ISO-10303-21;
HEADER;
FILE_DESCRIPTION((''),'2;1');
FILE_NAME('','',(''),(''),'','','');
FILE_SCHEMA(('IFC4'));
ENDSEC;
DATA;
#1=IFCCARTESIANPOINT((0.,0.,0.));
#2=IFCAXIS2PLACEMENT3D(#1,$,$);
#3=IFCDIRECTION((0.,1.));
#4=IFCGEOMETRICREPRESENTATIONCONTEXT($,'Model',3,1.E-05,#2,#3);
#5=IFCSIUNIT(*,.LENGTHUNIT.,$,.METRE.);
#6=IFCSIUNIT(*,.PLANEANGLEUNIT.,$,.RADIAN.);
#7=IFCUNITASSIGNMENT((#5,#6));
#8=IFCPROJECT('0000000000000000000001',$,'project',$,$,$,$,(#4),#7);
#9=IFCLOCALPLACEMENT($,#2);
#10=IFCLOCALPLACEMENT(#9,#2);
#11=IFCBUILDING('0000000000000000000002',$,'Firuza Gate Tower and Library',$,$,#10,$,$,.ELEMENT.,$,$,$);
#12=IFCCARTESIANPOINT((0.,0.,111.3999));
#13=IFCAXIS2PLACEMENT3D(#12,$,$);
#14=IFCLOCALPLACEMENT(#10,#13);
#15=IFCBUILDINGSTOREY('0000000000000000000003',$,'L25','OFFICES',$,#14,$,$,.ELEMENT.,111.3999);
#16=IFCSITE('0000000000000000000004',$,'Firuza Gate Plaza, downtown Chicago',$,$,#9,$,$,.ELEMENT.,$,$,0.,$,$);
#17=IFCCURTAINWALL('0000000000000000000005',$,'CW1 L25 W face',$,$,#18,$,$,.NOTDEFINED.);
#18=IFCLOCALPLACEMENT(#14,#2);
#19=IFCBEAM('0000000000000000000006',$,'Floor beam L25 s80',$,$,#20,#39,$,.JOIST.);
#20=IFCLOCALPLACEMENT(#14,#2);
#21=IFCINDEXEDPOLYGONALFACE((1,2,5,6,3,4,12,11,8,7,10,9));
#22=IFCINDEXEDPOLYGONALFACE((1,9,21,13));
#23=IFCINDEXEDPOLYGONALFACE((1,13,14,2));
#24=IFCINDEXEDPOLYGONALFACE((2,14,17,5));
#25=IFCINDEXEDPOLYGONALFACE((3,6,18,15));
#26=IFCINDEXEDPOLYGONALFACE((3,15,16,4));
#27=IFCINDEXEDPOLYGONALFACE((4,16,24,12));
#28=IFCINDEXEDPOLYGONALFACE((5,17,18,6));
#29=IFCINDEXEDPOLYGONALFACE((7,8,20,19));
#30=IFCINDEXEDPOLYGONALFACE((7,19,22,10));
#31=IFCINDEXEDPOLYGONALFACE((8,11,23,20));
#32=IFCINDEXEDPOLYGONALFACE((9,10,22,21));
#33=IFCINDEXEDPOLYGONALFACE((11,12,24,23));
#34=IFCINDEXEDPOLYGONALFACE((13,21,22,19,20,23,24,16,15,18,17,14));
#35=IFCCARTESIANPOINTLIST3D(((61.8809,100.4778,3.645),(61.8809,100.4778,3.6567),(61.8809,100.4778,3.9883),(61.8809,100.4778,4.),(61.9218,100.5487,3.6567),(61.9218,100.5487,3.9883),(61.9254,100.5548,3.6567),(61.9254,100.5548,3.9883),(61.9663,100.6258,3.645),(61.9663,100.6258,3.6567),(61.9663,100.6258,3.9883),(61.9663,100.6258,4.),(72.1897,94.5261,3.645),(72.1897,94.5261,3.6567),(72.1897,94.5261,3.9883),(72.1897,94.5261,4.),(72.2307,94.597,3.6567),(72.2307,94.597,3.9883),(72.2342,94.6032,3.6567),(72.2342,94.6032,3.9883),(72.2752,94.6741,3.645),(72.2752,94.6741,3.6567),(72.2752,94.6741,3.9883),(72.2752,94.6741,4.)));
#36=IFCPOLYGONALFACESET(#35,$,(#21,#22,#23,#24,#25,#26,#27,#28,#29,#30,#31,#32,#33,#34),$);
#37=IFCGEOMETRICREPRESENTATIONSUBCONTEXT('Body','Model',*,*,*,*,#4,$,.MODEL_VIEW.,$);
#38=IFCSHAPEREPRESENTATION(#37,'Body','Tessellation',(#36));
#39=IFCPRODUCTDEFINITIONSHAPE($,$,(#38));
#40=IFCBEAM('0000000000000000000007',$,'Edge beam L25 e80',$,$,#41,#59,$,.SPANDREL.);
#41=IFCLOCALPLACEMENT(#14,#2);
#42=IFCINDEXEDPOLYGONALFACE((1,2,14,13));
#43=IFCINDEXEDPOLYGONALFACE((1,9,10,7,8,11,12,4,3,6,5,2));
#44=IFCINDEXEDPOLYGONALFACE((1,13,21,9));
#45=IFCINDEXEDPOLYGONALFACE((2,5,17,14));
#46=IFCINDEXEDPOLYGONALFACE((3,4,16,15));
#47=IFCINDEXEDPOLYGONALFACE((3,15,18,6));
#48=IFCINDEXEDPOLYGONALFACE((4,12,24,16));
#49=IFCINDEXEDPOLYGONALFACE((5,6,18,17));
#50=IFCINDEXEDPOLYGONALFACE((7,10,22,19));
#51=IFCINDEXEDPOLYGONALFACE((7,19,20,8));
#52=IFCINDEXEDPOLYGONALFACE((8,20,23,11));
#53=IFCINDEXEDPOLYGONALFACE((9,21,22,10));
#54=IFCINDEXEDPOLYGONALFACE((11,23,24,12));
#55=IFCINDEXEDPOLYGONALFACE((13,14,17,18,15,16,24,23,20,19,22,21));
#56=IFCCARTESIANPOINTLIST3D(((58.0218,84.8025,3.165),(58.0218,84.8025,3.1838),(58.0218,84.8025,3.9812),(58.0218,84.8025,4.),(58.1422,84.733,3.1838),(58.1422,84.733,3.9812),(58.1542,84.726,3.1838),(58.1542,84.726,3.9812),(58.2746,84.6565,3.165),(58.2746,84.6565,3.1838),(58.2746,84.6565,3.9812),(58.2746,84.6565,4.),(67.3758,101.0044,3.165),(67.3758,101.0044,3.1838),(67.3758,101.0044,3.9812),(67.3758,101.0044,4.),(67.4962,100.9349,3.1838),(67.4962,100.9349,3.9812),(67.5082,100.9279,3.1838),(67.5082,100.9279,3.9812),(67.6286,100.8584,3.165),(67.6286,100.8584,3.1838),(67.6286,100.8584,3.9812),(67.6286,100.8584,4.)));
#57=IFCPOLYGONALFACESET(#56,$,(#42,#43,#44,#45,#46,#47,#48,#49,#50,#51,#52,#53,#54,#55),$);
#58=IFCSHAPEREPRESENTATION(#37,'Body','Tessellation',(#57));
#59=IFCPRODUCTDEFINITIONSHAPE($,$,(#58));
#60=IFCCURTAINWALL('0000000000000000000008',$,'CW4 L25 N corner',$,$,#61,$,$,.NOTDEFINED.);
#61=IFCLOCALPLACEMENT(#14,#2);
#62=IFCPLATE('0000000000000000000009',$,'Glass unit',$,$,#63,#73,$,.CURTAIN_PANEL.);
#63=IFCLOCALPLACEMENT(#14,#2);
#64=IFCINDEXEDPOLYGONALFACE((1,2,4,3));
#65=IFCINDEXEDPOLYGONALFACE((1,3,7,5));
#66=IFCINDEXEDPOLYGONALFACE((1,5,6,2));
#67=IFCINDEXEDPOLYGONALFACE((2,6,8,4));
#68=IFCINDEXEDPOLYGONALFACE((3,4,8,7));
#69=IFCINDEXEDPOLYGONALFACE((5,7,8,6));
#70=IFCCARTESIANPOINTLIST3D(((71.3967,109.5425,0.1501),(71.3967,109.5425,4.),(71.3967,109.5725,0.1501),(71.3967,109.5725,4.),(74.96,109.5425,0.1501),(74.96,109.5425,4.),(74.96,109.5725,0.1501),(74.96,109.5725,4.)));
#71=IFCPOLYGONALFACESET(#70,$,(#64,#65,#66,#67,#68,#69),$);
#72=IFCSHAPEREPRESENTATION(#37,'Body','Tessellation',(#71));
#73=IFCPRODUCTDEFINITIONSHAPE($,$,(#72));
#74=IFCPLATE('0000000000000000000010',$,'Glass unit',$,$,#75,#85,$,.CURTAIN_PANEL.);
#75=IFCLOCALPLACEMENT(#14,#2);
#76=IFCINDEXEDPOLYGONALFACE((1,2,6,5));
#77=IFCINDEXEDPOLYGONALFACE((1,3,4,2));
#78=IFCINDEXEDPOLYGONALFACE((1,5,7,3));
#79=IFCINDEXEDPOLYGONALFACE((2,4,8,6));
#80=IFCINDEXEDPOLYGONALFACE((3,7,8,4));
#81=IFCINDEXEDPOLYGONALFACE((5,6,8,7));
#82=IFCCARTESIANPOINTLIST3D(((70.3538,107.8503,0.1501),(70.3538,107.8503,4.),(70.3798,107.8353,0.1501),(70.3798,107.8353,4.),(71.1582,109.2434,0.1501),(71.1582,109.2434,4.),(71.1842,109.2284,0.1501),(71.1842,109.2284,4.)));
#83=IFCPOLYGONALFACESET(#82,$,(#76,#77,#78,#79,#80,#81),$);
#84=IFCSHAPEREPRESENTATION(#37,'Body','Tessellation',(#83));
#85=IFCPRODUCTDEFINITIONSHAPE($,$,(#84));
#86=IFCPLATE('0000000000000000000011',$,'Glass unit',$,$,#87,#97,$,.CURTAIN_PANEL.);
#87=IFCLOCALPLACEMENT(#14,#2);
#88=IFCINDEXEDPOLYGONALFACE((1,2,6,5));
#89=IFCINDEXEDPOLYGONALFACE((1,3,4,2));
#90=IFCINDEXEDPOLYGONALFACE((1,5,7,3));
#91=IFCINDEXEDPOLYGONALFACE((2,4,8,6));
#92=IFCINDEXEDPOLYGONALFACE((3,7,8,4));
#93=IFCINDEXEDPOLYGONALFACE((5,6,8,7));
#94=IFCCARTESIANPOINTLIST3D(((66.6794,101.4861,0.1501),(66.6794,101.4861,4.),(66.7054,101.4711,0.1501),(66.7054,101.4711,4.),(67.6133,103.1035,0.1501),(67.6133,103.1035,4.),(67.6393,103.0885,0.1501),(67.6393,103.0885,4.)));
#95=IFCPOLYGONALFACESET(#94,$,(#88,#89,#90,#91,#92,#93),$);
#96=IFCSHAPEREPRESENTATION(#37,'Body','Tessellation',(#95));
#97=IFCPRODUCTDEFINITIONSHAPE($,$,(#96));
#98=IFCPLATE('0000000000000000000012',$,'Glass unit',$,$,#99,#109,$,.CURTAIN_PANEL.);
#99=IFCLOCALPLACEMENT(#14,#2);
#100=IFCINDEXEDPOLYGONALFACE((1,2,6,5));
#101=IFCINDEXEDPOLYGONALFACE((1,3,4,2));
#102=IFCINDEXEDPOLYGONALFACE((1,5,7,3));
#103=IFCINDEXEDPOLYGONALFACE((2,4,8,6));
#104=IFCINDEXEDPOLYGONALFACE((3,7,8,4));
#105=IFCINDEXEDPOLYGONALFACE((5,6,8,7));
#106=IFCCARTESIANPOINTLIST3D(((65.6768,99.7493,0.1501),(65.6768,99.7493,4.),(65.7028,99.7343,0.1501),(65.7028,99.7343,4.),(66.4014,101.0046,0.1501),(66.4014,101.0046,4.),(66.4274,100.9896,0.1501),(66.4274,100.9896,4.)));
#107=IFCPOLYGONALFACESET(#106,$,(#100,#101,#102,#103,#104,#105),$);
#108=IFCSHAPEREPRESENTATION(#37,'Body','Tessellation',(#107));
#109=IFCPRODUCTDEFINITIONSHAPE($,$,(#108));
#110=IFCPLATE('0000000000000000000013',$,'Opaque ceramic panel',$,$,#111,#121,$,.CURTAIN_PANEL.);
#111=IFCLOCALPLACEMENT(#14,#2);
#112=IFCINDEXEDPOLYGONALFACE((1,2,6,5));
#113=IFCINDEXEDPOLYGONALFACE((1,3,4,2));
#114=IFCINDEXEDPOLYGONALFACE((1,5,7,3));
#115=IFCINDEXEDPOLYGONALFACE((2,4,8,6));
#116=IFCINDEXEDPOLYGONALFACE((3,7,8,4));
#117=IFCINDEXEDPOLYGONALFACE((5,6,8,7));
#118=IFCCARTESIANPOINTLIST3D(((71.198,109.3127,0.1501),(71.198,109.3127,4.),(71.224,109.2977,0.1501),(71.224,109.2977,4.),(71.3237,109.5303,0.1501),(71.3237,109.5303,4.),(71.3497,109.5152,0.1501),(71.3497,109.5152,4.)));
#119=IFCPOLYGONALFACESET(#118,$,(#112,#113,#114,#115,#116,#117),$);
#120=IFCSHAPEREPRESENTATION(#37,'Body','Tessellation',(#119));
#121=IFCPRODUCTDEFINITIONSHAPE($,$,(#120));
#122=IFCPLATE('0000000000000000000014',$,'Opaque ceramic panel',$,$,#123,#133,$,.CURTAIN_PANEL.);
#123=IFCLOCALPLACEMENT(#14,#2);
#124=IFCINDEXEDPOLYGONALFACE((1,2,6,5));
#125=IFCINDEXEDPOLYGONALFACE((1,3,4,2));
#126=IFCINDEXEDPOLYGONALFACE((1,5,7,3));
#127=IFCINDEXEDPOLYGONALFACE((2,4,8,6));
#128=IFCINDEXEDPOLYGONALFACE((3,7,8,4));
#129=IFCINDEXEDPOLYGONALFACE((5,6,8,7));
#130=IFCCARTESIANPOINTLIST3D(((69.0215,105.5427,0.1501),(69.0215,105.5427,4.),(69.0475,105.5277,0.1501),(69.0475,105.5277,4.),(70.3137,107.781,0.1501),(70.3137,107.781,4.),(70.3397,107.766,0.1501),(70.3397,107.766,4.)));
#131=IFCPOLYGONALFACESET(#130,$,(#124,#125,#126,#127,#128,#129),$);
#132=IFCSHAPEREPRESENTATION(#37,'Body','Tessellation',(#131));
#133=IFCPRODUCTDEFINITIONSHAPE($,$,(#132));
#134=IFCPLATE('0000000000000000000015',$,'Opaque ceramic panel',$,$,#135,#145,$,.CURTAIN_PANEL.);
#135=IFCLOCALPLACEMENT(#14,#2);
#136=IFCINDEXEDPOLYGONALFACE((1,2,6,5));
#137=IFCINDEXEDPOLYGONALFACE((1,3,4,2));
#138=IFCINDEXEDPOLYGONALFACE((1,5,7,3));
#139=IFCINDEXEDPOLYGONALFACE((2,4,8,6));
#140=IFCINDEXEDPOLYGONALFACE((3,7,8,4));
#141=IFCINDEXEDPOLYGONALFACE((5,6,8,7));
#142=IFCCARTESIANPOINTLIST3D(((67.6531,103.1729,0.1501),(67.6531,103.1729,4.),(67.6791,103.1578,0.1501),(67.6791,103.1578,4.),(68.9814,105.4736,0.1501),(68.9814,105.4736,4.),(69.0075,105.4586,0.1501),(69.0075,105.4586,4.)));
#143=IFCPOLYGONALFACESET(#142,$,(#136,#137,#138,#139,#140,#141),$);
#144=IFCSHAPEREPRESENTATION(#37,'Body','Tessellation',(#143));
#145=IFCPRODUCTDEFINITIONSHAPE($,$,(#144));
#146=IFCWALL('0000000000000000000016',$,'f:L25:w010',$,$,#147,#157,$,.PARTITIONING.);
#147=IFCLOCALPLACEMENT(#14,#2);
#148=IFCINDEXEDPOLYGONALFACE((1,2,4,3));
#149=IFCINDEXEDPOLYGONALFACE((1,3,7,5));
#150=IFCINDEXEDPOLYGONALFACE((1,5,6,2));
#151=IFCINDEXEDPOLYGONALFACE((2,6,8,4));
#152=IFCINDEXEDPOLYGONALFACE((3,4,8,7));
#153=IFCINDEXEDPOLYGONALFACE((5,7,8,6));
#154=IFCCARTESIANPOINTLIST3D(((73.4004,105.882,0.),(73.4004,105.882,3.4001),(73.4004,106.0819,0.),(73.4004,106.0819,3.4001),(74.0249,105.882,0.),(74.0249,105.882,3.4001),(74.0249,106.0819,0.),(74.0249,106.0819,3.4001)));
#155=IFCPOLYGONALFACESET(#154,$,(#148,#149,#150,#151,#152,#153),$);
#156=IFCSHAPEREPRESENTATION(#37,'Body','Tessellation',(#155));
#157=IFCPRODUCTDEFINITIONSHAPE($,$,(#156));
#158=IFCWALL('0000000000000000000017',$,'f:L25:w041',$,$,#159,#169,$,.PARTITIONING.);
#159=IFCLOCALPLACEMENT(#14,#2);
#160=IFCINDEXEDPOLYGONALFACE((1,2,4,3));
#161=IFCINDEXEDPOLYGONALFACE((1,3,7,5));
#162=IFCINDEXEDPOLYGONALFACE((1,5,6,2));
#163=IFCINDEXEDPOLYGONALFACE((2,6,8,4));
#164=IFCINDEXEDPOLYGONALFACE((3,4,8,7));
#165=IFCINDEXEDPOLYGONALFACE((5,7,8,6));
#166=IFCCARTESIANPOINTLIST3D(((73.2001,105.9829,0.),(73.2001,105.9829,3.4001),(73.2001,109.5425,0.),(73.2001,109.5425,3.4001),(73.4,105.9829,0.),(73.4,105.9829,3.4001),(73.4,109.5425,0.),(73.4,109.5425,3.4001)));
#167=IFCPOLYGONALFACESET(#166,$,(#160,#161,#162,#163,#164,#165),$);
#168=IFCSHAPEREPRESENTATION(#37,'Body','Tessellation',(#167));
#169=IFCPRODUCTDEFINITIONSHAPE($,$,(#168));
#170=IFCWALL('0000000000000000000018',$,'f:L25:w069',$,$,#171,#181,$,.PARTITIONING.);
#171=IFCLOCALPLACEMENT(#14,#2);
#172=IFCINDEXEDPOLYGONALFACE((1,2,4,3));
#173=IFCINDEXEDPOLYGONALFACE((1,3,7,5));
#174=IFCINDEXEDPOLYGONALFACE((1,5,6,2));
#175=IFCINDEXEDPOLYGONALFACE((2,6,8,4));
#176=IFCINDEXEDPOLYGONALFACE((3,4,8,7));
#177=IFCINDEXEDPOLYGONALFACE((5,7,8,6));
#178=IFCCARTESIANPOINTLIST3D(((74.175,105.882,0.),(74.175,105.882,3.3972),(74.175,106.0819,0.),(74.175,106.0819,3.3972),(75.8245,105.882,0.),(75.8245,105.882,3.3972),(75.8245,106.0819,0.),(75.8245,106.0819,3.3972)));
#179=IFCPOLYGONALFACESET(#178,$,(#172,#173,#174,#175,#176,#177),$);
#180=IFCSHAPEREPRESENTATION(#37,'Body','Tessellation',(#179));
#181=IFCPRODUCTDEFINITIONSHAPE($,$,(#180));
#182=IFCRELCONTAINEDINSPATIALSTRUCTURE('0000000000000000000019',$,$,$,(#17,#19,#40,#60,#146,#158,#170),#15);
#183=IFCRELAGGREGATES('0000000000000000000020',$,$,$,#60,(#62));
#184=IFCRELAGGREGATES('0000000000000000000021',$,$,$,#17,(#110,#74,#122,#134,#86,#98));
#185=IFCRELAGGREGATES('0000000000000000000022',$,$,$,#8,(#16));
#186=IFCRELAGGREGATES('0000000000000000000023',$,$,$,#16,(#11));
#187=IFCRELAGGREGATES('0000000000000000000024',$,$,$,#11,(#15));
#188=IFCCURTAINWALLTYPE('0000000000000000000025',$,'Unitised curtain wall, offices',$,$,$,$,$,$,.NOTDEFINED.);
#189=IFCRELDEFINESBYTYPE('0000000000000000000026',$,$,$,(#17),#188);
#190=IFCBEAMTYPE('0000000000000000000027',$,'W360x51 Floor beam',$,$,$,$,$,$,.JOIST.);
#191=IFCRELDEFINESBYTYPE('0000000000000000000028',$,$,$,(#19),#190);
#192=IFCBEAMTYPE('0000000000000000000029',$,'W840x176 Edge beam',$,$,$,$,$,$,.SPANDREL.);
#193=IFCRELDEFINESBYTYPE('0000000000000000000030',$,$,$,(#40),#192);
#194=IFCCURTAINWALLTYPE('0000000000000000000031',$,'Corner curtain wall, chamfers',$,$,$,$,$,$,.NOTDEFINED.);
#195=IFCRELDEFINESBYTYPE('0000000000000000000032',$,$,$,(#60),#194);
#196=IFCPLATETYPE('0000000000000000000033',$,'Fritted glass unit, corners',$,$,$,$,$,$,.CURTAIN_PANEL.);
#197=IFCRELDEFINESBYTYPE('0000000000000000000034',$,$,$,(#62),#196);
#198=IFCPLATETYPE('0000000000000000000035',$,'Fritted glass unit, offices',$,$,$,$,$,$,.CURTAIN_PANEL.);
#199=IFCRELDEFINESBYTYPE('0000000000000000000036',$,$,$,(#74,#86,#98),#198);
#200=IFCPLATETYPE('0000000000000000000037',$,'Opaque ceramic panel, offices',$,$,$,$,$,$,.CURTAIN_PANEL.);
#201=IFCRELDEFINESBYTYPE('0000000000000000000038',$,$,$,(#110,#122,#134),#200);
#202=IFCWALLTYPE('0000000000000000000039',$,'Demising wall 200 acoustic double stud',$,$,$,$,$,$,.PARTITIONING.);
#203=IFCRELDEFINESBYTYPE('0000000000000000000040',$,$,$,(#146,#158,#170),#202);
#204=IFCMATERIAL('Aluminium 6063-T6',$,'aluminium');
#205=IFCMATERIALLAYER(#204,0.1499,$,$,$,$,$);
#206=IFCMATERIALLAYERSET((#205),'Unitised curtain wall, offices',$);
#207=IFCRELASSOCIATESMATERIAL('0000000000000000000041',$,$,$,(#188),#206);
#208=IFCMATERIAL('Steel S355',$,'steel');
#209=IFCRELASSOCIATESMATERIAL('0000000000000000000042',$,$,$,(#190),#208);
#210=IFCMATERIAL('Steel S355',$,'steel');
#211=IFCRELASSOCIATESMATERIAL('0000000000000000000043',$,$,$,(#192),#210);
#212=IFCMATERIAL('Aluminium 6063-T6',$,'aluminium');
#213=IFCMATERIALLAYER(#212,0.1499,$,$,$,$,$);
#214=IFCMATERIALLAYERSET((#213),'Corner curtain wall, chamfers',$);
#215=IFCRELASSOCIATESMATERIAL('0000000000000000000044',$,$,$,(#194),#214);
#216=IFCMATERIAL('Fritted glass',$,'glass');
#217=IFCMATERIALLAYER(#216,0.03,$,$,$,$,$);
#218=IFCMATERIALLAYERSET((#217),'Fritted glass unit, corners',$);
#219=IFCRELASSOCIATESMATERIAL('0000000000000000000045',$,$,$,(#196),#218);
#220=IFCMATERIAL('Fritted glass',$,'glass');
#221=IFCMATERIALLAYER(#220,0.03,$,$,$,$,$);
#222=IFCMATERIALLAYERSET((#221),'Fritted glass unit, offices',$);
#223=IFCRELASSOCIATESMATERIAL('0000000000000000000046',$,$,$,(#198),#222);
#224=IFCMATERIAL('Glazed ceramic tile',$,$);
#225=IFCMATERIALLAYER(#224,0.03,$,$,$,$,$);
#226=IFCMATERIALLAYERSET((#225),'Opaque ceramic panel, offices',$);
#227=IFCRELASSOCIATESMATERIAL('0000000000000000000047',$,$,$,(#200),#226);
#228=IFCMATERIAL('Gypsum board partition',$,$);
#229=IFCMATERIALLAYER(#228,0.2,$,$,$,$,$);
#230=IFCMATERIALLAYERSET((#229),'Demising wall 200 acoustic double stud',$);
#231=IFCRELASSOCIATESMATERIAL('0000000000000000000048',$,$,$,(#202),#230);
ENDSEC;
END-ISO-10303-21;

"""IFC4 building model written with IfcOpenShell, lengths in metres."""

from ifc_helpers import new_model, si_unit, direction, frame, frame_2d, origin, origin_2d, place, context, subcontext, project, spatial, polyline, rectangle, i_section, outline, extrude, material, layer, layer_set, material_profile, profile_set, type_object, element, aggregate, save


model = new_model("IFC4")

# Units and contexts
model_context = context("Model", 3, precision=1e-05, world=origin(), true_north=direction((0.0, 1.0)))
body_context = subcontext(model_context, "Body", "Model", "MODEL_VIEW")
ifc_project = project(units=[si_unit("LENGTHUNIT", "METRE"), si_unit("PLANEANGLEUNIT", "RADIAN")], contexts=[model_context])

# Site, building, storey
site_placement = place(None, origin())
site = spatial("IfcSite", under=ifc_project, at=site_placement, Name="Firuza Gate Plaza, downtown Chicago", CompositionType="ELEMENT", RefElevation=0.0)
building_placement = place(site_placement, origin())
building = spatial("IfcBuilding", under=site, at=building_placement, Name="Firuza Gate Tower and Library", CompositionType="ELEMENT")
storey_placement = place(building_placement, frame((0.0, 0.0, 111.3999)))
storey = spatial("IfcBuildingStorey", under=building, at=storey_placement, Name="L25", Description="OFFICES", CompositionType="ELEMENT", Elevation=111.3999)

# Curtain wall
ifc_material_1 = material(Name="Aluminium 6063-T6", Category="aluminium")
ifc_layer_1 = layer(ifc_material_1, 0.1499)
ifc_layer_set_1 = layer_set([ifc_layer_1], Name="Unitised curtain wall, offices")
curtain_wall_type_1 = type_object("IfcCurtainWallType", Name="Unitised curtain wall, offices", PredefinedType="NOTDEFINED", material=ifc_layer_set_1)
placement = place(storey_placement, origin())
curtain_wall_1 = element("IfcCurtainWall", 1, at=placement, inside=storey, type_object=curtain_wall_type_1, Name="CW1 L25 W face", PredefinedType="NOTDEFINED")

# Beams
ifc_material_2 = material(Name="Steel S355", Category="steel")
ifc_material_profile_1 = material_profile(ifc_material_2, i_section(OverallWidth=0.1709, OverallDepth=0.355, WebThickness=0.0071, FlangeThickness=0.0117, at=origin_2d()))
ifc_profile_set_1 = profile_set([ifc_material_profile_1], Name="Steel S355")
beam_type_1 = type_object("IfcBeamType", Name="W360x51 Floor beam", PredefinedType="JOIST", material=ifc_profile_set_1)
beam_1_placement = place(storey_placement, frame((61.9236, 100.5518, 3.8225), z_axis=(0.866031, -0.499991, 0.0), x_axis=(0.499991, 0.866031, 0.0)))
element("IfcBeam", 2, at=beam_1_placement, inside=storey, type_object=beam_type_1, Name="Floor beam L25 s80", PredefinedType="JOIST", context=body_context, shape_type="SweptSolid", body=[
    extrude(i_section(OverallWidth=0.1709, OverallDepth=0.355, WebThickness=0.0071, FlangeThickness=0.0117, at=origin_2d()), origin(), (0.0, 0.0, 1.0), 11.9036),
])
ifc_material_3 = material(Name="Steel S355", Category="steel")
ifc_material_profile_2 = material_profile(ifc_material_3, i_section(OverallWidth=0.292, OverallDepth=0.835, WebThickness=0.0139, FlangeThickness=0.0188, at=origin_2d()))
ifc_profile_set_2 = profile_set([ifc_material_profile_2], Name="Steel S355")
beam_type_2 = type_object("IfcBeamType", Name="W840x176 Edge beam", PredefinedType="SPANDREL", material=ifc_profile_set_2)
beam_2_placement = place(storey_placement, frame((67.5022, 100.9314, 3.5825), z_axis=(-0.499993, -0.866029, 0.0), x_axis=(0.866029, -0.499993, 0.0)))
element("IfcBeam", 3, at=beam_2_placement, inside=storey, type_object=beam_type_2, Name="Edge beam L25 e80", PredefinedType="SPANDREL", context=body_context, shape_type="SweptSolid", body=[
    extrude(i_section(OverallWidth=0.292, OverallDepth=0.835, WebThickness=0.0139, FlangeThickness=0.0188, at=origin_2d()), origin(), (0.0, 0.0, 1.0), 18.7083),
])

# Curtain wall, plate
ifc_material_4 = material(Name="Aluminium 6063-T6", Category="aluminium")
ifc_layer_2 = layer(ifc_material_4, 0.1499)
ifc_layer_set_2 = layer_set([ifc_layer_2], Name="Corner curtain wall, chamfers")
curtain_wall_type_2 = type_object("IfcCurtainWallType", Name="Corner curtain wall, chamfers", PredefinedType="NOTDEFINED", material=ifc_layer_set_2)
curtain_wall_2 = element("IfcCurtainWall", 4, at=placement, inside=storey, type_object=curtain_wall_type_2, Name="CW4 L25 N corner", PredefinedType="NOTDEFINED")
ifc_material_5 = material(Name="Fritted glass", Category="glass")
ifc_layer_3 = layer(ifc_material_5, 0.03)
ifc_layer_set_3 = layer_set([ifc_layer_3], Name="Fritted glass unit, corners")
plate_type_1 = type_object("IfcPlateType", Name="Fritted glass unit, corners", PredefinedType="CURTAIN_PANEL", material=ifc_layer_set_3)
plate_1_placement = place(storey_placement, frame((74.96, 109.5725, 0.1501), z_axis=(0.0, 1.0, 0.0), x_axis=(-1.0, 0.0, 0.0)))
plate_1 = element("IfcPlate", 5, at=plate_1_placement, type_object=plate_type_1, Name="Glass unit", PredefinedType="CURTAIN_PANEL", context=body_context, shape_type="SweptSolid", body=[
    extrude(outline(polyline([(0.0, 0.0), (3.5632, 0.0), (3.5632, 3.8499), (0.0, 3.8499), (0.0, 0.0)])), origin(), (0.0, 0.0, -1.0), 0.03),
])
aggregate(curtain_wall_2, [plate_1])

# Plates
ifc_material_6 = material(Name="Fritted glass", Category="glass")
ifc_layer_4 = layer(ifc_material_6, 0.03)
ifc_layer_set_4 = layer_set([ifc_layer_4], Name="Fritted glass unit, offices")
plate_type_2 = type_object("IfcPlateType", Name="Fritted glass unit, offices", PredefinedType="CURTAIN_PANEL", material=ifc_layer_set_4)
plate_2_placement = place(storey_placement, frame((71.1582, 109.2434, 0.1501), z_axis=(-0.865983, 0.500073, 0.0), x_axis=(-0.500073, -0.865983, 0.0)))
plate_2 = element("IfcPlate", 6, at=plate_2_placement, type_object=plate_type_2, Name="Glass unit", PredefinedType="CURTAIN_PANEL", context=body_context, shape_type="SweptSolid", body=[
    extrude(outline(polyline([(0.0, 0.0), (1.6087, 0.0), (1.6087, 3.8499), (0.0, 3.8499), (0.0, 0.0)])), origin(), (0.0, 0.0, -1.0), 0.03),
])
plate_3_placement = place(storey_placement, frame((67.6133, 103.1035, 0.1501), z_axis=(-0.866022, 0.500005, 0.0), x_axis=(-0.500005, -0.866022, 0.0)))
plate_3 = element("IfcPlate", 7, at=plate_3_placement, type_object=plate_type_2, Name="Glass unit", PredefinedType="CURTAIN_PANEL", context=body_context, shape_type="SweptSolid", body=[
    extrude(outline(polyline([(0.0, 0.0), (1.8677, 0.0), (1.8677, 3.8499), (0.0, 3.8499), (0.0, 0.0)])), origin(), (0.0, 0.0, -1.0), 0.03),
])
plate_4_placement = place(storey_placement, frame((66.4014, 101.0046, 0.1501), z_axis=(-0.866079, 0.499907, 0.0), x_axis=(-0.499907, -0.866079, 0.0)))
plate_4 = element("IfcPlate", 8, at=plate_4_placement, type_object=plate_type_2, Name="Glass unit", PredefinedType="CURTAIN_PANEL", context=body_context, shape_type="SweptSolid", body=[
    extrude(outline(polyline([(0.0, 0.0), (1.4495, 0.0), (1.4495, 3.8499), (0.0, 3.8499), (0.0, 0.0)])), origin(), (0.0, 0.0, -1.0), 0.03),
])
ifc_material_7 = material(Name="Glazed ceramic tile")
ifc_layer_5 = layer(ifc_material_7, 0.03)
ifc_layer_set_5 = layer_set([ifc_layer_5], Name="Opaque ceramic panel, offices")
plate_type_3 = type_object("IfcPlateType", Name="Opaque ceramic panel, offices", PredefinedType="CURTAIN_PANEL", material=ifc_layer_set_5)
plate_5_placement = place(storey_placement, frame((71.3237, 109.5303, 0.1501), z_axis=(-0.865781, 0.500423, 0.0), x_axis=(-0.500423, -0.865781, 0.0)))
plate_5 = element("IfcPlate", 9, at=plate_5_placement, type_object=plate_type_3, Name="Opaque ceramic panel", PredefinedType="CURTAIN_PANEL", context=body_context, shape_type="SweptSolid", body=[
    extrude(outline(polyline([(0.0, 0.0), (0.2513, 0.0), (0.2513, 3.8499), (0.0, 3.8499), (0.0, 0.0)])), origin(), (0.0, 0.0, -1.0), 0.03),
])
plate_6_placement = place(storey_placement, frame((70.3137, 107.781, 0.1501), z_axis=(-0.866031, 0.49999, 0.0), x_axis=(-0.49999, -0.866031, 0.0)))
plate_6 = element("IfcPlate", 10, at=plate_6_placement, type_object=plate_type_3, Name="Opaque ceramic panel", PredefinedType="CURTAIN_PANEL", context=body_context, shape_type="SweptSolid", body=[
    extrude(outline(polyline([(0.0, 0.0), (2.5845, 0.0), (2.5845, 3.8499), (0.0, 3.8499), (0.0, 0.0)])), origin(), (0.0, 0.0, -1.0), 0.03),
])
plate_7_placement = place(storey_placement, frame((68.9814, 105.4736, 0.1501), z_axis=(-0.866023, 0.500004, 0.0), x_axis=(-0.500004, -0.866023, 0.0)))
plate_7 = element("IfcPlate", 11, at=plate_7_placement, type_object=plate_type_3, Name="Opaque ceramic panel", PredefinedType="CURTAIN_PANEL", context=body_context, shape_type="SweptSolid", body=[
    extrude(outline(polyline([(0.0, 0.0), (2.6567, 0.0), (2.6567, 3.8499), (0.0, 3.8499), (0.0, 0.0)])), origin(), (0.0, 0.0, -1.0), 0.03),
])
aggregate(curtain_wall_1, [plate_5, plate_2, plate_6, plate_7, plate_3, plate_4])

# Walls
ifc_material_8 = material(Name="Gypsum board partition")
ifc_layer_6 = layer(ifc_material_8, 0.2)
ifc_layer_set_6 = layer_set([ifc_layer_6], Name="Demising wall 200 acoustic double stud")
wall_type_1 = type_object("IfcWallType", Name="Demising wall 200 acoustic double stud", PredefinedType="PARTITIONING", material=ifc_layer_set_6)
wall_1_placement = place(storey_placement, frame((73.4004, 105.9819, 0.0), z_axis=(0.0, 0.0, 1.0), x_axis=(1.0, 0.0, 0.0)))
element("IfcWall", 12, at=wall_1_placement, inside=storey, type_object=wall_type_1, Name="f:L25:w010", PredefinedType="PARTITIONING", context=body_context, shape_type="SweptSolid", body=[
    extrude(rectangle(XDim=0.6245, YDim=0.2, at=frame_2d((0.3123, 0.0))), origin(), (0.0, 0.0, 1.0), 3.4001),
])
wall_2_placement = place(storey_placement, frame((73.3, 105.9829, 0.0), z_axis=(0.0, 0.0, 1.0), x_axis=(0.0, 1.0, 0.0)))
element("IfcWall", 13, at=wall_2_placement, inside=storey, type_object=wall_type_1, Name="f:L25:w041", PredefinedType="PARTITIONING", context=body_context, shape_type="SweptSolid", body=[
    extrude(rectangle(XDim=3.5596, YDim=0.2, at=frame_2d((1.7798, 0.0))), origin(), (0.0, 0.0, 1.0), 3.4001),
])
wall_3_placement = place(storey_placement, frame((74.175, 105.9819, 0.0), z_axis=(0.0, 0.0, 1.0), x_axis=(1.0, 0.0, 0.0)))
element("IfcWall", 14, at=wall_3_placement, inside=storey, type_object=wall_type_1, Name="f:L25:w069", PredefinedType="PARTITIONING", context=body_context, shape_type="SweptSolid", body=[
    extrude(rectangle(XDim=1.6494, YDim=0.2, at=frame_2d((0.8247, 0.0))), origin(), (0.0, 0.0, 1.0), 3.3972),
])

save(model, "model.ifc")
